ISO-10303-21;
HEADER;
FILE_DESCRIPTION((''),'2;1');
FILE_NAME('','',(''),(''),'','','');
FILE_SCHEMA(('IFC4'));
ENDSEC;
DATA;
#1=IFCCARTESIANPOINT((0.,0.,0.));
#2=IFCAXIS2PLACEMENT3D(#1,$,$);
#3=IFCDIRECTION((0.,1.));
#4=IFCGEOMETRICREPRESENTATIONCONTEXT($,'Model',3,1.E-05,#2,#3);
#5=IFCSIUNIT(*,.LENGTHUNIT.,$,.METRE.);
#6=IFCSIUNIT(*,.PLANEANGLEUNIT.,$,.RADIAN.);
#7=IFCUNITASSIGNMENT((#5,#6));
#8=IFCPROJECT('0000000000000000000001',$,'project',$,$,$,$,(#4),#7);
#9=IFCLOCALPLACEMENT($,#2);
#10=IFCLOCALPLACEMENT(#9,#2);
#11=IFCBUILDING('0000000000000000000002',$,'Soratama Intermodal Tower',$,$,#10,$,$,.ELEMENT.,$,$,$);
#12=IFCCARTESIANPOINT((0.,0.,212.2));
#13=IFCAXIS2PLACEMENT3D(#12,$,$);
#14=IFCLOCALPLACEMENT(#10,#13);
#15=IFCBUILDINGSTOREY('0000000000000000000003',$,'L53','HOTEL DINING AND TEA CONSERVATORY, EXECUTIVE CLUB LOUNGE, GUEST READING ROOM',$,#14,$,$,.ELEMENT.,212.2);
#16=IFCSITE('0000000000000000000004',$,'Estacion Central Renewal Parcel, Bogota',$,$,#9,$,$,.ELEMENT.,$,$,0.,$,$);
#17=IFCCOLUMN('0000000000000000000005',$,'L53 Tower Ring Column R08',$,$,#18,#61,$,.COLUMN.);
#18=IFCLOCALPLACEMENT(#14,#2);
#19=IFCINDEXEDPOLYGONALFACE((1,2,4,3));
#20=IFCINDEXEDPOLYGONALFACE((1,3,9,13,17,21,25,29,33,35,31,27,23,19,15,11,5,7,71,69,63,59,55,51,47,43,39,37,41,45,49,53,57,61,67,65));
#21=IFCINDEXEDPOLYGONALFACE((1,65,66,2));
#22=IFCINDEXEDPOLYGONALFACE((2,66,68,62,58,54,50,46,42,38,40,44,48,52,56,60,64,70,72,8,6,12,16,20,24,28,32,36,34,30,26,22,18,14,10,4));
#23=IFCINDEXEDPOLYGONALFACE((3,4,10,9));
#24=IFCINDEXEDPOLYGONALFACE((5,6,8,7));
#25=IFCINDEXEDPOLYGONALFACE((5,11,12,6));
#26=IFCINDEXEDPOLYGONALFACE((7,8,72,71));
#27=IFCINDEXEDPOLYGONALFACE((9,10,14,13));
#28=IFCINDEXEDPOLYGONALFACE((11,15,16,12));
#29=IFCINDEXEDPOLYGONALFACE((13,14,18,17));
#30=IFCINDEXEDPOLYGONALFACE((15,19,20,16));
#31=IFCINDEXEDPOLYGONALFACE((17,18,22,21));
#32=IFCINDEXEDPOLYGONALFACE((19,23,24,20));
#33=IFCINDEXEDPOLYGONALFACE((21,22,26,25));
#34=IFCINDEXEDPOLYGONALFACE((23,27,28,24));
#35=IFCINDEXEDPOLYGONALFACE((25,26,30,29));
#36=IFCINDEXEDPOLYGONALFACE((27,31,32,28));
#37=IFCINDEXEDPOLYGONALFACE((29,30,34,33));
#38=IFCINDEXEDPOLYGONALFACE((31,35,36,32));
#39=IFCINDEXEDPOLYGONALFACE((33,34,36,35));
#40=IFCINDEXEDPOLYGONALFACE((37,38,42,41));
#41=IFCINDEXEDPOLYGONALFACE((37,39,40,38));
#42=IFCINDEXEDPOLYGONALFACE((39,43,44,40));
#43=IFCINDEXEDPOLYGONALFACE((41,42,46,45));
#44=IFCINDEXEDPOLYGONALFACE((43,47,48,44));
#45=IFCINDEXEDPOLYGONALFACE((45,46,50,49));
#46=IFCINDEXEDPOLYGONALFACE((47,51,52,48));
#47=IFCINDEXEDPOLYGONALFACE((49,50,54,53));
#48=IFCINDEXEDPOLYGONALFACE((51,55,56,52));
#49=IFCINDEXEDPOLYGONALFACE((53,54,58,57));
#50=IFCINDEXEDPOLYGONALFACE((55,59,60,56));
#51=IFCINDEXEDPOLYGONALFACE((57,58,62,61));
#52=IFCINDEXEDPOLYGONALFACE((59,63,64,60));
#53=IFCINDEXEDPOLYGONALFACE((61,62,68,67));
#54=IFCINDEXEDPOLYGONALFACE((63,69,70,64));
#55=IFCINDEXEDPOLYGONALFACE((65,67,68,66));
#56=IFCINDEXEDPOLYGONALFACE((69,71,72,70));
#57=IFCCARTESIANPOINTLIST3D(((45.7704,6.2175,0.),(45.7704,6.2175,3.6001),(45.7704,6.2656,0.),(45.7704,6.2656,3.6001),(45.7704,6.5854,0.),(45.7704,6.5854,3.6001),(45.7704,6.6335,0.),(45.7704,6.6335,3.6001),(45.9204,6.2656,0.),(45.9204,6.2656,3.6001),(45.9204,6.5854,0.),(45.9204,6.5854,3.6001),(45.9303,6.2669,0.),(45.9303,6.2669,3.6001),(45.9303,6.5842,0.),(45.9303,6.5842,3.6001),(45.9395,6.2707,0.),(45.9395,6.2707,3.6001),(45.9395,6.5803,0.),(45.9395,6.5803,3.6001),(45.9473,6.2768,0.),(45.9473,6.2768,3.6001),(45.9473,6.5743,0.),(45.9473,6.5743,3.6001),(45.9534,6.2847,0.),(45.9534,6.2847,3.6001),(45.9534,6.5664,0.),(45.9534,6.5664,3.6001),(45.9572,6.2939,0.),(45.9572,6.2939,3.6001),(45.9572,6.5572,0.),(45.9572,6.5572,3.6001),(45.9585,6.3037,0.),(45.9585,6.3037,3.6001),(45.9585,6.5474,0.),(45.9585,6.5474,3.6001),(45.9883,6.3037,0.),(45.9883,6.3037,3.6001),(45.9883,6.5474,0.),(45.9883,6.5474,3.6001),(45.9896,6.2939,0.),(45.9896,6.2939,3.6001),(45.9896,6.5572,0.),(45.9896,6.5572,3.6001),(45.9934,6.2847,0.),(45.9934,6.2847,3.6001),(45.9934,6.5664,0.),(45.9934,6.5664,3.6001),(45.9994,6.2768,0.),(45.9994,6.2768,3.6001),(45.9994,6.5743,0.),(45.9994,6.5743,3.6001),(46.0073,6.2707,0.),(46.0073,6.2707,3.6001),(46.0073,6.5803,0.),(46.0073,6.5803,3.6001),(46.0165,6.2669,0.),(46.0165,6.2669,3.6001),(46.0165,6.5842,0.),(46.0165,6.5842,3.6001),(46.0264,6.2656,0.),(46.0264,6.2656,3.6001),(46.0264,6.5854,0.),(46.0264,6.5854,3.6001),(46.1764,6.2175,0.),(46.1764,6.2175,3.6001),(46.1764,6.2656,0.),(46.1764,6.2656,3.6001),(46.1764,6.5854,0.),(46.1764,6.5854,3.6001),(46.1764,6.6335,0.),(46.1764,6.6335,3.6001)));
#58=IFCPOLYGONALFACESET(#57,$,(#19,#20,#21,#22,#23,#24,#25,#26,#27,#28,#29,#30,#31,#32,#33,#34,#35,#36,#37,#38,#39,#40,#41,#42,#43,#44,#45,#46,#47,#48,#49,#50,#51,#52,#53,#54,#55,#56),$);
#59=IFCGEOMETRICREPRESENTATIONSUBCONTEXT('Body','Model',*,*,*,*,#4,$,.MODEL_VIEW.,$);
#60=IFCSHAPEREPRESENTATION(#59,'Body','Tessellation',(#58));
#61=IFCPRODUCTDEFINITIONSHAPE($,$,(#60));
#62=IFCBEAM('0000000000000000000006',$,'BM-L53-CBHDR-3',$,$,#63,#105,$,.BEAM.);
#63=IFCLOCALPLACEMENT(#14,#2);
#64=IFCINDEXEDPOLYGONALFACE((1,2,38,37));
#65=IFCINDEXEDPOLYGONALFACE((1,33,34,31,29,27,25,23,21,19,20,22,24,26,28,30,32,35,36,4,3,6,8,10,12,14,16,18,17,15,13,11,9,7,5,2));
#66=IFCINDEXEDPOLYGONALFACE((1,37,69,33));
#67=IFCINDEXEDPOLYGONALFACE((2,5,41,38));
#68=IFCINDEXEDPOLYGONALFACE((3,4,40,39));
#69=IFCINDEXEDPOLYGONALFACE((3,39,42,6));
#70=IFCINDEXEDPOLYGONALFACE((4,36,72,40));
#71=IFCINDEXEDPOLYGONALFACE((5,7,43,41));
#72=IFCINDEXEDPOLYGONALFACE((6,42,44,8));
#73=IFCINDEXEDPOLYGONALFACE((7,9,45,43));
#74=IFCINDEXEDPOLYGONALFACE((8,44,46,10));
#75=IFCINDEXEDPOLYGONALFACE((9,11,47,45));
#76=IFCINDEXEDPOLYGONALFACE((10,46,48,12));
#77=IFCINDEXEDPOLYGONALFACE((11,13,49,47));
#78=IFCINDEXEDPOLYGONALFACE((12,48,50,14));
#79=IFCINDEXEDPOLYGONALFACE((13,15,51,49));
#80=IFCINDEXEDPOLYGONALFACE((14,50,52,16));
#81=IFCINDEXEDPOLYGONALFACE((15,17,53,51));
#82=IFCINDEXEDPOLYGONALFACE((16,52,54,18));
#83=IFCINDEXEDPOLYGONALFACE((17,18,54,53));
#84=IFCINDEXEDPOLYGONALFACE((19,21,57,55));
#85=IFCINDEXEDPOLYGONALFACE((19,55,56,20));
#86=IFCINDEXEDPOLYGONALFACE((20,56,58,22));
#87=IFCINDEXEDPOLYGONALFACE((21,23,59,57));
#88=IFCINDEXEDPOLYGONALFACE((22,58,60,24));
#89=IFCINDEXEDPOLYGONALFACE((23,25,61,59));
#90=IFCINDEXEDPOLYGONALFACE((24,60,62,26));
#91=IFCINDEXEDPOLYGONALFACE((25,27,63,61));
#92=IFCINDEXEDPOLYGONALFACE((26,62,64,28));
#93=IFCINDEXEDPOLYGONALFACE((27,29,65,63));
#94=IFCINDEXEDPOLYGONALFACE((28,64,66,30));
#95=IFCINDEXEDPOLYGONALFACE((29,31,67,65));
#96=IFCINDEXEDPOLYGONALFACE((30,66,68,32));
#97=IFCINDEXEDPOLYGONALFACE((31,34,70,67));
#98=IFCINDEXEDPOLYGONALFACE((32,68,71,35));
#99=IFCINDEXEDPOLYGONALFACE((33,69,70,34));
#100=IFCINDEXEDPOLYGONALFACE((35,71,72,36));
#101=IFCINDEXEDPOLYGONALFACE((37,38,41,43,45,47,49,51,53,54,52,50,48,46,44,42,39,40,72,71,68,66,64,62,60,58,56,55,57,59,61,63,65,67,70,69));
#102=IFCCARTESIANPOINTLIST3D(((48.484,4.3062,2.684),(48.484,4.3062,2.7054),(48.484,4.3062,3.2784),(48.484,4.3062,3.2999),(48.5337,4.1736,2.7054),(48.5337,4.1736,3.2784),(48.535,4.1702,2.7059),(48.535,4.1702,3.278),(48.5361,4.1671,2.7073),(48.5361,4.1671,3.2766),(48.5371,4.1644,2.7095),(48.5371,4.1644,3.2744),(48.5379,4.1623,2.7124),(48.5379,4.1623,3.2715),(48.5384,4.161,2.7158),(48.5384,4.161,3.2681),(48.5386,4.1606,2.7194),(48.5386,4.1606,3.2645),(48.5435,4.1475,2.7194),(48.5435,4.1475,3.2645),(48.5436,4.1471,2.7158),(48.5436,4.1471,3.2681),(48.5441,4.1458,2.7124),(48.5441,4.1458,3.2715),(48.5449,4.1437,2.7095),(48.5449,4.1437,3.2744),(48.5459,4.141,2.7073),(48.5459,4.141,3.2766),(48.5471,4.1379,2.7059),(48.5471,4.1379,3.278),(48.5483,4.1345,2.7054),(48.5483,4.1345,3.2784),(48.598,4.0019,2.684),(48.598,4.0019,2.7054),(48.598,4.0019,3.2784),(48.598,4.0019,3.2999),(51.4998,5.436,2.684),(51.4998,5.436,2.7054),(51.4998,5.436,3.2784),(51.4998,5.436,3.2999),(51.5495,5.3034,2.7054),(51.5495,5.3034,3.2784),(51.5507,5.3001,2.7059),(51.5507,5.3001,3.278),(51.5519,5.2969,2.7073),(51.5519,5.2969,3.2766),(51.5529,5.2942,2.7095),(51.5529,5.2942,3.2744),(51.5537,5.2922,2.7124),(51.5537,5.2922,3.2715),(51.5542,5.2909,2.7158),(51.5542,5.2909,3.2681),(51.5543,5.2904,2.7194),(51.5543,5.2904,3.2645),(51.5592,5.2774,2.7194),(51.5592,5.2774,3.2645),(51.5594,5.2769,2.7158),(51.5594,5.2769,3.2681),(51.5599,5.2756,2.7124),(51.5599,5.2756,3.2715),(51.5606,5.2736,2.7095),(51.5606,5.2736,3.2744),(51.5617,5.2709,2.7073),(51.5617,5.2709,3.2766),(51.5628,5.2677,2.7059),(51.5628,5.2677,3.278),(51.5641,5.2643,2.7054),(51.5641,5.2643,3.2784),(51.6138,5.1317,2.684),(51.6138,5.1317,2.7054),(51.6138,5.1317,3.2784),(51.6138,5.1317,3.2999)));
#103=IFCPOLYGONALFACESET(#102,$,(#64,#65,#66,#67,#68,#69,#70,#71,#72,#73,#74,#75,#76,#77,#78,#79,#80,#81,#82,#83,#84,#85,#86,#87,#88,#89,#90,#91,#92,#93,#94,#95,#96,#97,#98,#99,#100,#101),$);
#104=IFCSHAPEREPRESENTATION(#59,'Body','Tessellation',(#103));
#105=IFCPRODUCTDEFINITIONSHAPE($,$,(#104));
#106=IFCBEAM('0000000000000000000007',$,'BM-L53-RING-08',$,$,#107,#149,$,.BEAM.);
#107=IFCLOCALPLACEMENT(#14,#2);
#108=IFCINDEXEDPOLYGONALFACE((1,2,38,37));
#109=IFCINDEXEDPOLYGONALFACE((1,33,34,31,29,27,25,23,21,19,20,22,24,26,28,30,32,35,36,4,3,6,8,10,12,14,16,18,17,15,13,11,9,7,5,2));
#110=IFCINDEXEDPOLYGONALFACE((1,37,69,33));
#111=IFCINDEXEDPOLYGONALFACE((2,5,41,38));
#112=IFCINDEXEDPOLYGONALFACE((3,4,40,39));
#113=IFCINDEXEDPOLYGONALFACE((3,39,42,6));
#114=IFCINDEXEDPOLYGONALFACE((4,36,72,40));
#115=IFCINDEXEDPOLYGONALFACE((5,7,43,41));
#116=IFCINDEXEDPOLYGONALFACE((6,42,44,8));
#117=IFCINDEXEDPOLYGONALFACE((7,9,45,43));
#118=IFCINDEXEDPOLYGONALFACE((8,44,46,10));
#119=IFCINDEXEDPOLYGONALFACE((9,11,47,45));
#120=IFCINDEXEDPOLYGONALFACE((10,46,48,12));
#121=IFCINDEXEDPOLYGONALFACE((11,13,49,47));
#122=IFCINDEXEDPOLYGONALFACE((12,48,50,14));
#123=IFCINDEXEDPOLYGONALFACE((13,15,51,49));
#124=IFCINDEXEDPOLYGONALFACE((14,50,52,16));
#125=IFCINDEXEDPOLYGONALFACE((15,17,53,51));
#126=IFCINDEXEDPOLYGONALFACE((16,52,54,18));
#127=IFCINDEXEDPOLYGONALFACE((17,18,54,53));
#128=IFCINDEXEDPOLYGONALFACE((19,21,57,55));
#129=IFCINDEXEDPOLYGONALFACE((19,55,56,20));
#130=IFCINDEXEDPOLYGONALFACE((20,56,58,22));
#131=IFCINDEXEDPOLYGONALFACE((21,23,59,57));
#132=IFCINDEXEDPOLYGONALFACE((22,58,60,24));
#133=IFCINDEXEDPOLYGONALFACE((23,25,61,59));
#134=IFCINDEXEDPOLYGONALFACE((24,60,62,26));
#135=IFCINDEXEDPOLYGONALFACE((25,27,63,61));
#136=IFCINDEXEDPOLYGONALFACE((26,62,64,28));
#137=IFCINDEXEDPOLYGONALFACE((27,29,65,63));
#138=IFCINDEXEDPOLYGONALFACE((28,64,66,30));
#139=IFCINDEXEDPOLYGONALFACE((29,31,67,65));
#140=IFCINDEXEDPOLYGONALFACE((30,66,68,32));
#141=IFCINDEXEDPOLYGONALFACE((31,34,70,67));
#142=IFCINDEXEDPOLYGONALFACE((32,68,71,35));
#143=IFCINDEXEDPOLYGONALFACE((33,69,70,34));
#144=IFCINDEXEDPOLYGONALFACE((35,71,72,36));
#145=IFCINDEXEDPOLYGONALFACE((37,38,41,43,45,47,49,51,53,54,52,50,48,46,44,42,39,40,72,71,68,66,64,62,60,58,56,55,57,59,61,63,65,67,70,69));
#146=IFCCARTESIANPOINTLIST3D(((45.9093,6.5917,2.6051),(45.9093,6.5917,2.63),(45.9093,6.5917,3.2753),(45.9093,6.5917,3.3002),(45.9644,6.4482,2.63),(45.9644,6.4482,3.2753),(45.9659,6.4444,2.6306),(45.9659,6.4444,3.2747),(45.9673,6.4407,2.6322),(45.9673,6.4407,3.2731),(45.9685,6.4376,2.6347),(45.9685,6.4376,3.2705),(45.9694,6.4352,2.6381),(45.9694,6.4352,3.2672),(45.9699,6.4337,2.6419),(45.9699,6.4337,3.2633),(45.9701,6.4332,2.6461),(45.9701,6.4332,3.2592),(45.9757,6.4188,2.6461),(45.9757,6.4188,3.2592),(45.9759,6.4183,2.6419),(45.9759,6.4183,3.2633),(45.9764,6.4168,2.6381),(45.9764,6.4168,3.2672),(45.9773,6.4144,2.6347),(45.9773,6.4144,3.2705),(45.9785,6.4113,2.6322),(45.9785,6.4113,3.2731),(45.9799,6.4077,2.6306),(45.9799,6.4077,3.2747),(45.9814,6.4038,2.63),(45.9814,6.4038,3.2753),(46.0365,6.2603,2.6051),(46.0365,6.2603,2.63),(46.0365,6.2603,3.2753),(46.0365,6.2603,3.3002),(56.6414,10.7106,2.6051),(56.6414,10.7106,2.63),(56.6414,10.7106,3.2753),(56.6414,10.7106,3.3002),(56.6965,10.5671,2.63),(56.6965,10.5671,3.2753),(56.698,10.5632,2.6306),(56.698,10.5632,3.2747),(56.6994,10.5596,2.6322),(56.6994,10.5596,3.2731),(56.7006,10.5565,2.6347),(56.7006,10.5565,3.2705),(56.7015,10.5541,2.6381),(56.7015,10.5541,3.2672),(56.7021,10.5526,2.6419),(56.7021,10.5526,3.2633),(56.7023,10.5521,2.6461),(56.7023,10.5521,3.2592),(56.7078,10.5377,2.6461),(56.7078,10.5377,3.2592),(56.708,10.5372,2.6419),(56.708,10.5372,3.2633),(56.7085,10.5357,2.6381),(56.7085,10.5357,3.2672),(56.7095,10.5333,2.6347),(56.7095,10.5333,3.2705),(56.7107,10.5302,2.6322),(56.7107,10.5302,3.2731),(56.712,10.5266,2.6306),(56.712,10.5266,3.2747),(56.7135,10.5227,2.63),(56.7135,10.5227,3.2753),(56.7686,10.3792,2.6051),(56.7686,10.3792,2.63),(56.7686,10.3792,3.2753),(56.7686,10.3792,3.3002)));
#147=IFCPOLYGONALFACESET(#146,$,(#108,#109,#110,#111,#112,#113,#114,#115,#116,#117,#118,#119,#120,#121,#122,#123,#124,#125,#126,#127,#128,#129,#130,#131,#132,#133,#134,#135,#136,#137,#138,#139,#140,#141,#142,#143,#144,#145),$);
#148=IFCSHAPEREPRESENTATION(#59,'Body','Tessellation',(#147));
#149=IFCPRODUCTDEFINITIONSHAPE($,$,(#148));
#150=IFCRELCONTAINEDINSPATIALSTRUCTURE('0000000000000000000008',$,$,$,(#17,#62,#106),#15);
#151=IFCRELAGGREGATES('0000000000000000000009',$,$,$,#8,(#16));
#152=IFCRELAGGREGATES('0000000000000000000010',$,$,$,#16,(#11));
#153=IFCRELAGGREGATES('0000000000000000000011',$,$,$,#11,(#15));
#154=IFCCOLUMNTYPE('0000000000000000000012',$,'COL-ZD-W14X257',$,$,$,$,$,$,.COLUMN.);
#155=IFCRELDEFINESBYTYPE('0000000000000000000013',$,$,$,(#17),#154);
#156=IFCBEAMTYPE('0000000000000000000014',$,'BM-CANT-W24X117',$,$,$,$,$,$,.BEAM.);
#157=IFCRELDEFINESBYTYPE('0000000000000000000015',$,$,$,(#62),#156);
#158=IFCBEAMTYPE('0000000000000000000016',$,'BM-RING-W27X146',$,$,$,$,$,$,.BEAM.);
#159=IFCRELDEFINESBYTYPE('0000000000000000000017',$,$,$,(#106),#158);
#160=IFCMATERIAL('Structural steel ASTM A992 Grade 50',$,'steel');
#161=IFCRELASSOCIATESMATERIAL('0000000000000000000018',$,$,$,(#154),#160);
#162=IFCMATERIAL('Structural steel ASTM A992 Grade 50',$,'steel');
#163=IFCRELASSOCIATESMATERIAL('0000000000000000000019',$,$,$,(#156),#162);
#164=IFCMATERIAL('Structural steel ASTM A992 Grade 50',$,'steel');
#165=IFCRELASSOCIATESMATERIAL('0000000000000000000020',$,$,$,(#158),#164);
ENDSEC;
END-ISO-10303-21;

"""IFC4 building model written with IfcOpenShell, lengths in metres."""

from ifc_helpers import new_model, si_unit, direction, frame, origin, origin_2d, place, context, subcontext, project, spatial, i_section, extrude, material, material_profile, profile_set, type_object, element, save


model = new_model("IFC4")

# Units and contexts
model_context = context("Model", 3, precision=1e-05, world=origin(), true_north=direction((0.0, 1.0)))
body_context = subcontext(model_context, "Body", "Model", "MODEL_VIEW")
ifc_project = project(units=[si_unit("LENGTHUNIT", "METRE"), si_unit("PLANEANGLEUNIT", "RADIAN")], contexts=[model_context])

# Site, building, storey
site_placement = place(None, origin())
site = spatial("IfcSite", under=ifc_project, at=site_placement, Name="Estacion Central Renewal Parcel, Bogota", CompositionType="ELEMENT", RefElevation=0.0)
building_placement = place(site_placement, origin())
building = spatial("IfcBuilding", under=site, at=building_placement, Name="Soratama Intermodal Tower", CompositionType="ELEMENT")
storey_placement = place(building_placement, frame((0.0, 0.0, 212.2)))
storey = spatial("IfcBuildingStorey", under=building, at=storey_placement, Name="L53", Description="HOTEL DINING AND TEA CONSERVATORY, EXECUTIVE CLUB LOUNGE, GUEST READING ROOM", CompositionType="ELEMENT", Elevation=212.2)

# Column
ifc_material_1 = material(Name="Structural steel ASTM A992 Grade 50", Category="steel")
ifc_material_profile_1 = material_profile(ifc_material_1, i_section(OverallWidth=0.406, OverallDepth=0.416, WebThickness=0.0298, FlangeThickness=0.0481, FilletRadius=0.0381, at=origin_2d()), Name="W14X257")
ifc_profile_set_1 = profile_set([ifc_material_profile_1], Name="Structural steel ASTM A992 Grade 50")
column_type = type_object("IfcColumnType", Name="COL-ZD-W14X257", PredefinedType="COLUMN", material=ifc_profile_set_1)
column_placement = place(storey_placement, frame((45.9734, 6.4255, 0.0), z_axis=(0.0, 0.0, 1.0), x_axis=(1.0, 0.0, 0.0)))
element("IfcColumn", 1, at=column_placement, inside=storey, type_object=column_type, Name="L53 Tower Ring Column R08", PredefinedType="COLUMN", context=body_context, shape_type="SweptSolid", body=[
    extrude(i_section(OverallWidth=0.406, OverallDepth=0.416, WebThickness=0.0298, FlangeThickness=0.0481, FilletRadius=0.0381, at=origin_2d()), origin(), (0.0, 0.0, 1.0), 3.6001),
])

# Beams
ifc_material_2 = material(Name="Structural steel ASTM A992 Grade 50", Category="steel")
ifc_material_profile_2 = material_profile(ifc_material_2, i_section(OverallWidth=0.325, OverallDepth=0.616, WebThickness=0.0139, FlangeThickness=0.0215, FilletRadius=0.0139, at=origin_2d()), Name="W24X117")
ifc_profile_set_2 = profile_set([ifc_material_profile_2], Name="Structural steel ASTM A992 Grade 50")
beam_type_1 = type_object("IfcBeamType", Name="BM-CANT-W24X117", PredefinedType="BEAM", material=ifc_profile_set_2)
beam_1_placement = place(storey_placement, frame((48.541, 4.1541, 2.9919), z_axis=(0.936438, 0.350833, 0.0), x_axis=(-0.350833, 0.936438, 0.0)))
element("IfcBeam", 2, at=beam_1_placement, inside=storey, type_object=beam_type_1, Name="BM-L53-CBHDR-3", PredefinedType="BEAM", context=body_context, shape_type="SweptSolid", body=[
    extrude(i_section(OverallWidth=0.325, OverallDepth=0.616, WebThickness=0.0139, FlangeThickness=0.0215, FilletRadius=0.0139, at=origin_2d()), origin(), (0.0, 0.0, 1.0), 3.2205),
])
ifc_material_3 = material(Name="Structural steel ASTM A992 Grade 50", Category="steel")
ifc_material_profile_3 = material_profile(ifc_material_3, i_section(OverallWidth=0.355, OverallDepth=0.6951, WebThickness=0.0154, FlangeThickness=0.0249, FilletRadius=0.0161, at=origin_2d()), Name="W27X146")
ifc_profile_set_3 = profile_set([ifc_material_profile_3], Name="Structural steel ASTM A992 Grade 50")
beam_type_2 = type_object("IfcBeamType", Name="BM-RING-W27X146", PredefinedType="BEAM", material=ifc_profile_set_3)
beam_2_placement = place(storey_placement, frame((45.9729, 6.426, 2.9526), z_axis=(0.933604, 0.358307, 0.0), x_axis=(-0.358307, 0.933604, 0.0)))
element("IfcBeam", 3, at=beam_2_placement, inside=storey, type_object=beam_type_2, Name="BM-L53-RING-08", PredefinedType="BEAM", context=body_context, shape_type="SweptSolid", body=[
    extrude(i_section(OverallWidth=0.355, OverallDepth=0.6951, WebThickness=0.0154, FlangeThickness=0.0249, FilletRadius=0.0161, at=origin_2d()), origin(), (0.0, 0.0, 1.0), 11.4954),
])

save(model, "model.ifc")
